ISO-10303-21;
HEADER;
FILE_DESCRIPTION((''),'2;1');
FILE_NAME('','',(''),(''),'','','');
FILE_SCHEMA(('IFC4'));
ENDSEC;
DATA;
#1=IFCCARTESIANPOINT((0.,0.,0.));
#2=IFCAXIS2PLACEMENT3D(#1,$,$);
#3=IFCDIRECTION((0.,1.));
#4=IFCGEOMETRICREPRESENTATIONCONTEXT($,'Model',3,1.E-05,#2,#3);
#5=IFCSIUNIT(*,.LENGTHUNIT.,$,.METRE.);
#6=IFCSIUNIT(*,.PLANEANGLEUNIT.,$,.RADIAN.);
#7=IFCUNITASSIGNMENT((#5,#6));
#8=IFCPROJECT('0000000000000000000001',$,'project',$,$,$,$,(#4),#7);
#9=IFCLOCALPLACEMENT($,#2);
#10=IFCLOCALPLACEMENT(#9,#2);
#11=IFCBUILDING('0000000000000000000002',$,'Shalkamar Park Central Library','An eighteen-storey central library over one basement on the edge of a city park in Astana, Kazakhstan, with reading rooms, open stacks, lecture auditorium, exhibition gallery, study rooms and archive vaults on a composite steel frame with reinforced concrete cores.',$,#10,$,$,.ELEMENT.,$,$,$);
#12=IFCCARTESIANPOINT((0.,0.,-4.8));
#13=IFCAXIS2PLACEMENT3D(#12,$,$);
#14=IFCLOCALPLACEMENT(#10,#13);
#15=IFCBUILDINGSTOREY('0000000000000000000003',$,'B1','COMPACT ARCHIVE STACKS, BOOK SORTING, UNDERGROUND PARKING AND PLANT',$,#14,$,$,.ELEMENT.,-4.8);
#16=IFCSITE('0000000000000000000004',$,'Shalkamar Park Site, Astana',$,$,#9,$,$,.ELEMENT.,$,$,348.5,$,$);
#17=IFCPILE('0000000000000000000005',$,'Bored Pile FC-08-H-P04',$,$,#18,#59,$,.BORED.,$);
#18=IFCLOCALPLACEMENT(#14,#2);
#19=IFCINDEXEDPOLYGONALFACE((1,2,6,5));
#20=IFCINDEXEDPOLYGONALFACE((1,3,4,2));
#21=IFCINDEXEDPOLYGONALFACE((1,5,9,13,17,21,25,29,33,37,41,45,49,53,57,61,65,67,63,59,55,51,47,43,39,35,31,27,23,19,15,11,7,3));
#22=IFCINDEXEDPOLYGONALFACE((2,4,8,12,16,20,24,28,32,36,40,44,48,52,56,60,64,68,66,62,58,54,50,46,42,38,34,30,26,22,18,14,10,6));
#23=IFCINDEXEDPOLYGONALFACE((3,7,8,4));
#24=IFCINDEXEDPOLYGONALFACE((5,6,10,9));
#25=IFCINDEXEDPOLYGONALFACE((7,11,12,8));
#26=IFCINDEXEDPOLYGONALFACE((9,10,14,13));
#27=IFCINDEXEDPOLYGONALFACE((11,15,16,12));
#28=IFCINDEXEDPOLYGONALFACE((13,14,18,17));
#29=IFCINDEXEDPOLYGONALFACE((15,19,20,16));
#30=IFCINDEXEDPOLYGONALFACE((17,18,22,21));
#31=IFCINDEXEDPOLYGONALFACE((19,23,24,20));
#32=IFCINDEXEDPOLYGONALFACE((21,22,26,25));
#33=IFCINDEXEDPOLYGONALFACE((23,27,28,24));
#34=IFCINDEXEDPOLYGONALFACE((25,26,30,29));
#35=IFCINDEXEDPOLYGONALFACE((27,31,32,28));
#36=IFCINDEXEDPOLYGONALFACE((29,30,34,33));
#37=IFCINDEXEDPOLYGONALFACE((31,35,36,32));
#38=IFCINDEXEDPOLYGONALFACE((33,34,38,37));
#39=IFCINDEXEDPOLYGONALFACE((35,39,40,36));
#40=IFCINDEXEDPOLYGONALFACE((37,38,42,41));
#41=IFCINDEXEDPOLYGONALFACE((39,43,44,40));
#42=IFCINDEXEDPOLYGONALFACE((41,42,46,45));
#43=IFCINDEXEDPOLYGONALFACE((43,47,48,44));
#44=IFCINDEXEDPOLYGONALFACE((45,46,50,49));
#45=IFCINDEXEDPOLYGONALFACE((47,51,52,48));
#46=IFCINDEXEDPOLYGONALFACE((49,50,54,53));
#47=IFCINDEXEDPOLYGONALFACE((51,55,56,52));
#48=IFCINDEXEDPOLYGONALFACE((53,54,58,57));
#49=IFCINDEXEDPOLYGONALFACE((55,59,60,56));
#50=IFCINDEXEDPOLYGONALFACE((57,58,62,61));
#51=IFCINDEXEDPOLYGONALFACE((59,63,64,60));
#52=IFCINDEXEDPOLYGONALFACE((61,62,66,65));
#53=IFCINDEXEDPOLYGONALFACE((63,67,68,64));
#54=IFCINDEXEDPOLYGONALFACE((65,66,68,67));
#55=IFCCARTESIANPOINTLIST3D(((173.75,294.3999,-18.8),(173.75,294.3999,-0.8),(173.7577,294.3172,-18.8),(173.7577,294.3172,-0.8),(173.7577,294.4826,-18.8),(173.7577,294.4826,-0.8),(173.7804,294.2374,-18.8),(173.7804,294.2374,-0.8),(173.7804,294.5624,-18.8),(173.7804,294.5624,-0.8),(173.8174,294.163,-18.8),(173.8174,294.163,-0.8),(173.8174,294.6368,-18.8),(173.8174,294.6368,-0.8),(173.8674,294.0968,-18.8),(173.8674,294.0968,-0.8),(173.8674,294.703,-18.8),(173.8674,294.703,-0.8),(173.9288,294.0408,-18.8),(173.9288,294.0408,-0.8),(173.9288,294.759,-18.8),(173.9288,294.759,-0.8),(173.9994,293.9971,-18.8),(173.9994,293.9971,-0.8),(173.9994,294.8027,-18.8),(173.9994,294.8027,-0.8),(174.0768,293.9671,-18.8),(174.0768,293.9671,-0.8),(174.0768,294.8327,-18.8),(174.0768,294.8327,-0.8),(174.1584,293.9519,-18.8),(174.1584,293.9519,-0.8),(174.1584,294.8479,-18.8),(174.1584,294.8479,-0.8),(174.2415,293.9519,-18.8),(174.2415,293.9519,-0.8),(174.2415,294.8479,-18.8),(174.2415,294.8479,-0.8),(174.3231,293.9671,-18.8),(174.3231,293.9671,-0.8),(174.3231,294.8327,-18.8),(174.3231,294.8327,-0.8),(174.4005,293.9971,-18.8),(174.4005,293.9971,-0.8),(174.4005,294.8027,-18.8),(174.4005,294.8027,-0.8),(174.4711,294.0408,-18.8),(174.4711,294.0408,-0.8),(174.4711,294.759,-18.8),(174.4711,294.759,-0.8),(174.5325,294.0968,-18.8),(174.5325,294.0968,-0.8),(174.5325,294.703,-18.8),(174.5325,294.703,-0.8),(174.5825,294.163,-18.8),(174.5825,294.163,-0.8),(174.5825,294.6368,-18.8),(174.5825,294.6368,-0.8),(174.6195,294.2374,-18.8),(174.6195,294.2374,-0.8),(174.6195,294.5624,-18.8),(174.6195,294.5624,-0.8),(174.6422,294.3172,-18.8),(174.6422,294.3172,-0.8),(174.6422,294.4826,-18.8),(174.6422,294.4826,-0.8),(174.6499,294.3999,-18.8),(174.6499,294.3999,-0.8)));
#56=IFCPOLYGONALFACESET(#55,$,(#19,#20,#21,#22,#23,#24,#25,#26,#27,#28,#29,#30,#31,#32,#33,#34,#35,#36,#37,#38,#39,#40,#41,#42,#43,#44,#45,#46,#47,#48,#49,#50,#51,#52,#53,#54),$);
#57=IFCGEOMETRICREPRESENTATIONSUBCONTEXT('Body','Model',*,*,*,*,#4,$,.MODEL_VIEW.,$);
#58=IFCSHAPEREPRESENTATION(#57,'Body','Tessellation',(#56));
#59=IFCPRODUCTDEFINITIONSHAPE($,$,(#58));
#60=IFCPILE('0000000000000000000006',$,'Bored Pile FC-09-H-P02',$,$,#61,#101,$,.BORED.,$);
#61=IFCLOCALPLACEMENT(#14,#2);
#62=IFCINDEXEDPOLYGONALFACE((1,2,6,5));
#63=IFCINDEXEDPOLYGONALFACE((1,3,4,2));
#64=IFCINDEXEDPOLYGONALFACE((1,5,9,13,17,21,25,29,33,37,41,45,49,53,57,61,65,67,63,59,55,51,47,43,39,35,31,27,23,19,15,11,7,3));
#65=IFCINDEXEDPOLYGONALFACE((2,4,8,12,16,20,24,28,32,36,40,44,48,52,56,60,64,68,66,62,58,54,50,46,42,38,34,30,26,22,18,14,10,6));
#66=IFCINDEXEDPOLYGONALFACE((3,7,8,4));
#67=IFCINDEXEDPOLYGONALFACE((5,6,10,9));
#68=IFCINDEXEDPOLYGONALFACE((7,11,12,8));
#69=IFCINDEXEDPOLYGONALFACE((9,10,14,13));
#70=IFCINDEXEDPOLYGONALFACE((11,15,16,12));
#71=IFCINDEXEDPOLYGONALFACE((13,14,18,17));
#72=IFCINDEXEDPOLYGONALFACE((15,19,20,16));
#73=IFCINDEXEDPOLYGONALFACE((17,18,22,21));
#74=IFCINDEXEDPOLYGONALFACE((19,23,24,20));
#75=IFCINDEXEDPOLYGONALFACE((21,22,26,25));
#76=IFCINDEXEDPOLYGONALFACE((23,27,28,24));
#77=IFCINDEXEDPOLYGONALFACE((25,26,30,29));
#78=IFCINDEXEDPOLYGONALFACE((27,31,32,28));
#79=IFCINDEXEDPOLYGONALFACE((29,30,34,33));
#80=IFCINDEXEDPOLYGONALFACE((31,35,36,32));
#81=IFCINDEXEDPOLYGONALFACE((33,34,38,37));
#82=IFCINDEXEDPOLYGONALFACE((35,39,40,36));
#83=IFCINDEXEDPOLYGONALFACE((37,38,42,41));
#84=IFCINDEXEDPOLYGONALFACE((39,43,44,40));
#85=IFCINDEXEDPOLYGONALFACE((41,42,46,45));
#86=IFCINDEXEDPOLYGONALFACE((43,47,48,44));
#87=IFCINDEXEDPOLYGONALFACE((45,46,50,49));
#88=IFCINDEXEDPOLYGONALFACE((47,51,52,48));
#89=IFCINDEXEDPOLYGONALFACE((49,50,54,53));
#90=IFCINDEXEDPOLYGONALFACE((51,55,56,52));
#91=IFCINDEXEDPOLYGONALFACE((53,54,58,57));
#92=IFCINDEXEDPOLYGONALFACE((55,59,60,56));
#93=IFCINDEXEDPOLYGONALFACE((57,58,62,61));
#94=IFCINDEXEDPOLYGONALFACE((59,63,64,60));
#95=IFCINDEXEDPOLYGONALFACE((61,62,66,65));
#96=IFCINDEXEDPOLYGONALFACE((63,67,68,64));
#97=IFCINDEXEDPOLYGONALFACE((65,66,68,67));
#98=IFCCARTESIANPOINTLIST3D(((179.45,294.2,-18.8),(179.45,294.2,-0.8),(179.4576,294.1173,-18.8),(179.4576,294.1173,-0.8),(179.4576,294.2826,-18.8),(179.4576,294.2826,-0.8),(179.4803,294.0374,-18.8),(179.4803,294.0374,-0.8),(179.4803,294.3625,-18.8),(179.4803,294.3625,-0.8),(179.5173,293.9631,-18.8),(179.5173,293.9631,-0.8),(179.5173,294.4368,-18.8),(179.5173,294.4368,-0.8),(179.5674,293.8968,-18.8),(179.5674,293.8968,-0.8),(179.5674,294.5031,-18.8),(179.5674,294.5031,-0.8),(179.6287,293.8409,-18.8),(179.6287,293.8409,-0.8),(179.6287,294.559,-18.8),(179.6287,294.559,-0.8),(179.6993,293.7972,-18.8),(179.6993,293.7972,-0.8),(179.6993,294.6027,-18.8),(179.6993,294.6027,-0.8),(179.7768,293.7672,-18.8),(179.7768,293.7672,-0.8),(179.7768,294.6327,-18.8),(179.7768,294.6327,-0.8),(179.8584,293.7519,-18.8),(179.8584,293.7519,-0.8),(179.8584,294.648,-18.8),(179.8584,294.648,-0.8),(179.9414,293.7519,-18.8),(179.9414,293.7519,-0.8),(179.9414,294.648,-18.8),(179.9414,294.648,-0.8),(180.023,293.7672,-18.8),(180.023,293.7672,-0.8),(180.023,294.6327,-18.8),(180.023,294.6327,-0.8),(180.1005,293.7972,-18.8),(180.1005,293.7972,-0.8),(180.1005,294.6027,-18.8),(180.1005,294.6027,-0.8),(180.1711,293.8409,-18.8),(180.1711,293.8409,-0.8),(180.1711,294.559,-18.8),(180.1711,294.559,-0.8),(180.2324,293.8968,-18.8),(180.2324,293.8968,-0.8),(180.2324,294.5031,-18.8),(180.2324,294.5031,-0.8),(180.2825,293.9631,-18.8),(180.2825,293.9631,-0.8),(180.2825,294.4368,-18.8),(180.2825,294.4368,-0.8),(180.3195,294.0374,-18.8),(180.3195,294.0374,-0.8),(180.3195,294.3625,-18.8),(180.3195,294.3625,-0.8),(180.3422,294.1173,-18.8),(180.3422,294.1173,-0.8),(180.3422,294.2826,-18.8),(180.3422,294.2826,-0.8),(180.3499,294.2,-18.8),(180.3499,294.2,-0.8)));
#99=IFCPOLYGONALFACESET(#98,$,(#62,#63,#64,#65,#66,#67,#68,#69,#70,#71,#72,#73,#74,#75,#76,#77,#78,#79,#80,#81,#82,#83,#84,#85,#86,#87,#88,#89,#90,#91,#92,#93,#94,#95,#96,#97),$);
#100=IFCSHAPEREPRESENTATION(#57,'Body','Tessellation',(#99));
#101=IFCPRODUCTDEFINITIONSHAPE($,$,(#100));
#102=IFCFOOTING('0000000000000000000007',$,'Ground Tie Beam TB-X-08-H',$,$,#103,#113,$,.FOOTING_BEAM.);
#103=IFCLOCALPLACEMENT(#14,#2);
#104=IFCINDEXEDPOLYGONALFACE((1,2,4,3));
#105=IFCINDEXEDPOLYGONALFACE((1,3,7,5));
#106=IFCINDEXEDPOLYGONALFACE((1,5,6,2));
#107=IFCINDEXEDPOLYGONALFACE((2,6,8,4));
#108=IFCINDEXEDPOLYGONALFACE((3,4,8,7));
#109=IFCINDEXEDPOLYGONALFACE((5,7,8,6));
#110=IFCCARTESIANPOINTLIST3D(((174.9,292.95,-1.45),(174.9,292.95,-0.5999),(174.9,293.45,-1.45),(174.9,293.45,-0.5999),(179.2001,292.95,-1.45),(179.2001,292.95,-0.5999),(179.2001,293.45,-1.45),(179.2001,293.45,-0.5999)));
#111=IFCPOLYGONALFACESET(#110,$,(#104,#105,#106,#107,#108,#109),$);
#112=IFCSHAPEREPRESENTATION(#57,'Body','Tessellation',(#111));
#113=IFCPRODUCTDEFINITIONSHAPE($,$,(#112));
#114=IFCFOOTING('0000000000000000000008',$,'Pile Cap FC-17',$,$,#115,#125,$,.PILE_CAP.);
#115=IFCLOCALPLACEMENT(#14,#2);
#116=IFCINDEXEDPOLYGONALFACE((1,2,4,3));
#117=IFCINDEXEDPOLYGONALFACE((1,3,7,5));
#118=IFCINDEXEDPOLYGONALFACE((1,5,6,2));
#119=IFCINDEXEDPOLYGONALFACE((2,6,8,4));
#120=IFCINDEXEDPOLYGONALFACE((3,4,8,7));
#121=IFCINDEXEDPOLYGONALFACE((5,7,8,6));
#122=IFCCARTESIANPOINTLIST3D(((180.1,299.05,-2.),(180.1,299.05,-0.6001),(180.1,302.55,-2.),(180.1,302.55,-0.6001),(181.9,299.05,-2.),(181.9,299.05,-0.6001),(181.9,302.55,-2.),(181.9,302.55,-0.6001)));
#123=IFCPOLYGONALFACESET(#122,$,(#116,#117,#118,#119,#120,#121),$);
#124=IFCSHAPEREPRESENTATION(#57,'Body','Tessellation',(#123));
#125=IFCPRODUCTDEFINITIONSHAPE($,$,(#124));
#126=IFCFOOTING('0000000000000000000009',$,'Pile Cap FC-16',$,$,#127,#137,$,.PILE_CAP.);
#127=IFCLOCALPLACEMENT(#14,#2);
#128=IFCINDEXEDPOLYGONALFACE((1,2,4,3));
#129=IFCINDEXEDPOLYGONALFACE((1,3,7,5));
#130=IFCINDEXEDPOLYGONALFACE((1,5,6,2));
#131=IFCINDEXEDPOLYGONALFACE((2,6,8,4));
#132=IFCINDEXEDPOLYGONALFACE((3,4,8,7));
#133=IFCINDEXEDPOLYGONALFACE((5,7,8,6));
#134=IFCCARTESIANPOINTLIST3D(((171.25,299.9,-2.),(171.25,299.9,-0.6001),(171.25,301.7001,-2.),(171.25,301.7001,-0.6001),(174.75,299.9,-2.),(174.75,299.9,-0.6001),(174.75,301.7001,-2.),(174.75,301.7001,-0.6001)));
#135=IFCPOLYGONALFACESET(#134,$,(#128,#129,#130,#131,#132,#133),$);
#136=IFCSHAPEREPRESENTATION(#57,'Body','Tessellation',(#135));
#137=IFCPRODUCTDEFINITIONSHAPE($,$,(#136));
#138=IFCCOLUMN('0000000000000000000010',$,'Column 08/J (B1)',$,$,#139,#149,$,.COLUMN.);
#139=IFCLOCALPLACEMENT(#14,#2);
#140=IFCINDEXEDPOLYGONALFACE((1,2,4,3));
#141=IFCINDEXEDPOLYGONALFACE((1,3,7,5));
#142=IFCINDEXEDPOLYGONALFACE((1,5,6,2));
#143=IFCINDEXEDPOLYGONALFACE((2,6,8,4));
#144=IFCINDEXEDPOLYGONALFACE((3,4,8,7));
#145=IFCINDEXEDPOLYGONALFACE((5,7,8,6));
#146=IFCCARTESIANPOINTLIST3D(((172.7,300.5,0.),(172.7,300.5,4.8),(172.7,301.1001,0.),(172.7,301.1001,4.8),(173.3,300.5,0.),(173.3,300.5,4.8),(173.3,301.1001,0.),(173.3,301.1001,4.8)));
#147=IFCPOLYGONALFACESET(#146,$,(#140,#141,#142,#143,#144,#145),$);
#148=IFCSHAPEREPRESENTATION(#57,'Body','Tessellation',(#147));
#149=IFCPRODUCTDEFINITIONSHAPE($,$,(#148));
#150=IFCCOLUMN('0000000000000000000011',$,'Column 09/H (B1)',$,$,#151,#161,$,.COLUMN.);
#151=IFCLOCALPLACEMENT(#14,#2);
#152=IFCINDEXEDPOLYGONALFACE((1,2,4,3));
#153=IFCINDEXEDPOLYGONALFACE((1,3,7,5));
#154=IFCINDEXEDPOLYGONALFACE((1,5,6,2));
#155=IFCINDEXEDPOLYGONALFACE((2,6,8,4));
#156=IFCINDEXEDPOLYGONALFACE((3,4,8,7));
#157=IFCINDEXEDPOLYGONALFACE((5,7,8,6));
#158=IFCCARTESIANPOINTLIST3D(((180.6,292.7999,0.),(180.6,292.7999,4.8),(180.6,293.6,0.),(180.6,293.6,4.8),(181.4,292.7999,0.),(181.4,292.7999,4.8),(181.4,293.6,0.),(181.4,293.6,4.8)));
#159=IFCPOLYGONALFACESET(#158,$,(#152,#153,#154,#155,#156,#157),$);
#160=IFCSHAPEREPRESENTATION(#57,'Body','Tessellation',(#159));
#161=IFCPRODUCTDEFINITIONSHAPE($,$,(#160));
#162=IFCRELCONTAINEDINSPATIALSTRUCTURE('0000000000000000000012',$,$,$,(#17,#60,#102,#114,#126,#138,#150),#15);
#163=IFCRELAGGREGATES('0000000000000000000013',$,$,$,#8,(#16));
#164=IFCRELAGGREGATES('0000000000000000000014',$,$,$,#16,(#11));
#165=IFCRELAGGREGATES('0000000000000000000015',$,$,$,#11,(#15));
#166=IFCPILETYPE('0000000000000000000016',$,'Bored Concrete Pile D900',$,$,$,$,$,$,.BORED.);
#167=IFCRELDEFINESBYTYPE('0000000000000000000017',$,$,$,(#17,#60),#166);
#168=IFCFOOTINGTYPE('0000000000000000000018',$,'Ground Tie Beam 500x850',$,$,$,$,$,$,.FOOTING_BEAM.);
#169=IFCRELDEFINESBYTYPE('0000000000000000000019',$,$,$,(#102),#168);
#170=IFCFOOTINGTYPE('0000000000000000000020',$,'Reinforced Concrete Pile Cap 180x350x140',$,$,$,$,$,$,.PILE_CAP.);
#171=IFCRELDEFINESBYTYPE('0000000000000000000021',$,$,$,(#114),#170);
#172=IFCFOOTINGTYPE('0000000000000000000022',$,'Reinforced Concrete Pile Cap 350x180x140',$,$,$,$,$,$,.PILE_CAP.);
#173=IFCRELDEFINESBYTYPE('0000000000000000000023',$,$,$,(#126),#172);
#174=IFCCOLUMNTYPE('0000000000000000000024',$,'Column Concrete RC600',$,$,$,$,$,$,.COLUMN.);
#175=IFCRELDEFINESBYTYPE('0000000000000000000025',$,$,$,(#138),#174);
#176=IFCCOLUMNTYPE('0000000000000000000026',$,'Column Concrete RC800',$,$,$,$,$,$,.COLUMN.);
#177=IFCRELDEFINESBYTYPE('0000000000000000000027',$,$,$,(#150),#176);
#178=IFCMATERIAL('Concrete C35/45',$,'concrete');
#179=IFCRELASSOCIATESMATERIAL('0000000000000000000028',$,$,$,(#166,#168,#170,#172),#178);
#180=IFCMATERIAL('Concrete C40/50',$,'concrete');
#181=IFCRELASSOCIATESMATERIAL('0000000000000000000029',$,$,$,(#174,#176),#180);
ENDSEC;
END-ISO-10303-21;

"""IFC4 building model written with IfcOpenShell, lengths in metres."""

from ifc_helpers import new_model, si_unit, direction, frame, origin, origin_2d, place, context, subcontext, project, spatial, rectangle, circle, extrude, material, material_profile, profile_set, type_object, element, save


model = new_model("IFC4")

# Units and contexts
model_context = context("Model", 3, precision=1e-05, world=origin(), true_north=direction((0.0, 1.0)))
body_context = subcontext(model_context, "Body", "Model", "MODEL_VIEW")
ifc_project = project(units=[si_unit("LENGTHUNIT", "METRE"), si_unit("PLANEANGLEUNIT", "RADIAN")], contexts=[model_context])

# Site, building, storey
site_placement = place(None, origin())
site = spatial("IfcSite", under=ifc_project, at=site_placement, Name="Shalkamar Park Site, Astana", CompositionType="ELEMENT", RefElevation=348.5)
building_placement = place(site_placement, origin())
building = spatial("IfcBuilding", under=site, at=building_placement, Name="Shalkamar Park Central Library", Description="An eighteen-storey central library over one basement on the edge of a city park in Astana, Kazakhstan, with reading rooms, open stacks, lecture auditorium, exhibition gallery, study rooms and archive vaults on a composite steel frame with reinforced concrete cores.", CompositionType="ELEMENT")
storey_placement = place(building_placement, frame((0.0, 0.0, -4.8)))
storey = spatial("IfcBuildingStorey", under=building, at=storey_placement, Name="B1", Description="COMPACT ARCHIVE STACKS, BOOK SORTING, UNDERGROUND PARKING AND PLANT", CompositionType="ELEMENT", Elevation=-4.8)

# Piles
ifc_material_1 = material(Name="Concrete C35/45", Category="concrete")
ifc_material_profile_1 = material_profile(ifc_material_1, circle(Radius=0.45, at=origin_2d()), Name="PILE D900")
ifc_profile_set_1 = profile_set([ifc_material_profile_1], Name="Concrete C35/45")
pile_type_1 = type_object("IfcPileType", Name="Bored Concrete Pile D900", PredefinedType="BORED", material=ifc_profile_set_1)
for number, where, z_axis, x_axis, name in (
    (1, (174.2, 294.3999, -0.8), (0.0, 0.0, -1.0), (1.0, 0.0, 0.0), "Bored Pile FC-08-H-P04"),
    (2, (179.8999, 294.2, -0.8), (0.0, 0.0, -1.0), (1.0, 0.0, 0.0), "Bored Pile FC-09-H-P02"),
):
    element("IfcPile", number, at=place(storey_placement, frame(where, z_axis=z_axis, x_axis=x_axis)), inside=storey, type_object=pile_type_1, Name=name, PredefinedType="BORED", context=body_context, shape_type="SweptSolid", body=[
        extrude(circle(Radius=0.45, at=origin_2d()), origin(), (0.0, 0.0, 1.0), 18.0),
    ])

# Footings
footing_type_1 = type_object("IfcFootingType", Name="Ground Tie Beam 500x850", PredefinedType="FOOTING_BEAM", material=ifc_material_1)
footing_1_placement = place(storey_placement, frame((177.05, 293.2, -1.45), z_axis=(0.0, 0.0, 1.0), x_axis=(1.0, 0.0, 0.0)))
element("IfcFooting", 3, at=footing_1_placement, inside=storey, type_object=footing_type_1, Name="Ground Tie Beam TB-X-08-H", PredefinedType="FOOTING_BEAM", context=body_context, shape_type="SweptSolid", body=[
    extrude(rectangle(XDim=4.3, YDim=0.5, at=origin_2d()), origin(), (0.0, 0.0, 1.0), 0.8501),
])
footing_type_2 = type_object("IfcFootingType", Name="Reinforced Concrete Pile Cap 180x350x140", PredefinedType="PILE_CAP", material=ifc_material_1)
footing_2_placement = place(storey_placement, frame((181.0, 300.8, -2.0), z_axis=(0.0, 0.0, 1.0), x_axis=(1.0, 0.0, 0.0)))
element("IfcFooting", 4, at=footing_2_placement, inside=storey, type_object=footing_type_2, Name="Pile Cap FC-17", PredefinedType="PILE_CAP", context=body_context, shape_type="SweptSolid", body=[
    extrude(rectangle(XDim=1.8, YDim=3.5, at=origin_2d()), origin(), (0.0, 0.0, 1.0), 1.3999),
])
footing_type_3 = type_object("IfcFootingType", Name="Reinforced Concrete Pile Cap 350x180x140", PredefinedType="PILE_CAP", material=ifc_material_1)
footing_3_placement = place(storey_placement, frame((173.0, 300.8, -2.0), z_axis=(0.0, 0.0, 1.0), x_axis=(1.0, 0.0, 0.0)))
element("IfcFooting", 5, at=footing_3_placement, inside=storey, type_object=footing_type_3, Name="Pile Cap FC-16", PredefinedType="PILE_CAP", context=body_context, shape_type="SweptSolid", body=[
    extrude(rectangle(XDim=3.5, YDim=1.8, at=origin_2d()), origin(), (0.0, 0.0, 1.0), 1.3999),
])

# Columns
ifc_material_2 = material(Name="Concrete C40/50", Category="concrete")
ifc_material_profile_2 = material_profile(ifc_material_2, rectangle(XDim=0.6001, YDim=0.6001, at=origin_2d()), Name="RC 600x600")
ifc_profile_set_2 = profile_set([ifc_material_profile_2], Name="Concrete C40/50")
column_type_1 = type_object("IfcColumnType", Name="Column Concrete RC600", PredefinedType="COLUMN", material=ifc_profile_set_2)
column_1_placement = place(storey_placement, frame((173.0, 300.8, 0.0), z_axis=(0.0, 0.0, 1.0), x_axis=(1.0, 0.0, 0.0)))
element("IfcColumn", 6, at=column_1_placement, inside=storey, type_object=column_type_1, Name="Column 08/J (B1)", PredefinedType="COLUMN", context=body_context, shape_type="SweptSolid", body=[
    extrude(rectangle(XDim=0.6001, YDim=0.6001, at=origin_2d()), origin(), (0.0, 0.0, 1.0), 4.8),
])
ifc_material_profile_3 = material_profile(ifc_material_2, rectangle(XDim=0.8, YDim=0.8, at=origin_2d()), Name="RC 800x800")
ifc_profile_set_3 = profile_set([ifc_material_profile_3], Name="Concrete C40/50")
column_type_2 = type_object("IfcColumnType", Name="Column Concrete RC800", PredefinedType="COLUMN", material=ifc_profile_set_3)
column_2_placement = place(storey_placement, frame((181.0, 293.2, 0.0), z_axis=(0.0, 0.0, 1.0), x_axis=(1.0, 0.0, 0.0)))
element("IfcColumn", 7, at=column_2_placement, inside=storey, type_object=column_type_2, Name="Column 09/H (B1)", PredefinedType="COLUMN", context=body_context, shape_type="SweptSolid", body=[
    extrude(rectangle(XDim=0.8, YDim=0.8, at=origin_2d()), origin(), (0.0, 0.0, 1.0), 4.8),
])

save(model, "model.ifc")
